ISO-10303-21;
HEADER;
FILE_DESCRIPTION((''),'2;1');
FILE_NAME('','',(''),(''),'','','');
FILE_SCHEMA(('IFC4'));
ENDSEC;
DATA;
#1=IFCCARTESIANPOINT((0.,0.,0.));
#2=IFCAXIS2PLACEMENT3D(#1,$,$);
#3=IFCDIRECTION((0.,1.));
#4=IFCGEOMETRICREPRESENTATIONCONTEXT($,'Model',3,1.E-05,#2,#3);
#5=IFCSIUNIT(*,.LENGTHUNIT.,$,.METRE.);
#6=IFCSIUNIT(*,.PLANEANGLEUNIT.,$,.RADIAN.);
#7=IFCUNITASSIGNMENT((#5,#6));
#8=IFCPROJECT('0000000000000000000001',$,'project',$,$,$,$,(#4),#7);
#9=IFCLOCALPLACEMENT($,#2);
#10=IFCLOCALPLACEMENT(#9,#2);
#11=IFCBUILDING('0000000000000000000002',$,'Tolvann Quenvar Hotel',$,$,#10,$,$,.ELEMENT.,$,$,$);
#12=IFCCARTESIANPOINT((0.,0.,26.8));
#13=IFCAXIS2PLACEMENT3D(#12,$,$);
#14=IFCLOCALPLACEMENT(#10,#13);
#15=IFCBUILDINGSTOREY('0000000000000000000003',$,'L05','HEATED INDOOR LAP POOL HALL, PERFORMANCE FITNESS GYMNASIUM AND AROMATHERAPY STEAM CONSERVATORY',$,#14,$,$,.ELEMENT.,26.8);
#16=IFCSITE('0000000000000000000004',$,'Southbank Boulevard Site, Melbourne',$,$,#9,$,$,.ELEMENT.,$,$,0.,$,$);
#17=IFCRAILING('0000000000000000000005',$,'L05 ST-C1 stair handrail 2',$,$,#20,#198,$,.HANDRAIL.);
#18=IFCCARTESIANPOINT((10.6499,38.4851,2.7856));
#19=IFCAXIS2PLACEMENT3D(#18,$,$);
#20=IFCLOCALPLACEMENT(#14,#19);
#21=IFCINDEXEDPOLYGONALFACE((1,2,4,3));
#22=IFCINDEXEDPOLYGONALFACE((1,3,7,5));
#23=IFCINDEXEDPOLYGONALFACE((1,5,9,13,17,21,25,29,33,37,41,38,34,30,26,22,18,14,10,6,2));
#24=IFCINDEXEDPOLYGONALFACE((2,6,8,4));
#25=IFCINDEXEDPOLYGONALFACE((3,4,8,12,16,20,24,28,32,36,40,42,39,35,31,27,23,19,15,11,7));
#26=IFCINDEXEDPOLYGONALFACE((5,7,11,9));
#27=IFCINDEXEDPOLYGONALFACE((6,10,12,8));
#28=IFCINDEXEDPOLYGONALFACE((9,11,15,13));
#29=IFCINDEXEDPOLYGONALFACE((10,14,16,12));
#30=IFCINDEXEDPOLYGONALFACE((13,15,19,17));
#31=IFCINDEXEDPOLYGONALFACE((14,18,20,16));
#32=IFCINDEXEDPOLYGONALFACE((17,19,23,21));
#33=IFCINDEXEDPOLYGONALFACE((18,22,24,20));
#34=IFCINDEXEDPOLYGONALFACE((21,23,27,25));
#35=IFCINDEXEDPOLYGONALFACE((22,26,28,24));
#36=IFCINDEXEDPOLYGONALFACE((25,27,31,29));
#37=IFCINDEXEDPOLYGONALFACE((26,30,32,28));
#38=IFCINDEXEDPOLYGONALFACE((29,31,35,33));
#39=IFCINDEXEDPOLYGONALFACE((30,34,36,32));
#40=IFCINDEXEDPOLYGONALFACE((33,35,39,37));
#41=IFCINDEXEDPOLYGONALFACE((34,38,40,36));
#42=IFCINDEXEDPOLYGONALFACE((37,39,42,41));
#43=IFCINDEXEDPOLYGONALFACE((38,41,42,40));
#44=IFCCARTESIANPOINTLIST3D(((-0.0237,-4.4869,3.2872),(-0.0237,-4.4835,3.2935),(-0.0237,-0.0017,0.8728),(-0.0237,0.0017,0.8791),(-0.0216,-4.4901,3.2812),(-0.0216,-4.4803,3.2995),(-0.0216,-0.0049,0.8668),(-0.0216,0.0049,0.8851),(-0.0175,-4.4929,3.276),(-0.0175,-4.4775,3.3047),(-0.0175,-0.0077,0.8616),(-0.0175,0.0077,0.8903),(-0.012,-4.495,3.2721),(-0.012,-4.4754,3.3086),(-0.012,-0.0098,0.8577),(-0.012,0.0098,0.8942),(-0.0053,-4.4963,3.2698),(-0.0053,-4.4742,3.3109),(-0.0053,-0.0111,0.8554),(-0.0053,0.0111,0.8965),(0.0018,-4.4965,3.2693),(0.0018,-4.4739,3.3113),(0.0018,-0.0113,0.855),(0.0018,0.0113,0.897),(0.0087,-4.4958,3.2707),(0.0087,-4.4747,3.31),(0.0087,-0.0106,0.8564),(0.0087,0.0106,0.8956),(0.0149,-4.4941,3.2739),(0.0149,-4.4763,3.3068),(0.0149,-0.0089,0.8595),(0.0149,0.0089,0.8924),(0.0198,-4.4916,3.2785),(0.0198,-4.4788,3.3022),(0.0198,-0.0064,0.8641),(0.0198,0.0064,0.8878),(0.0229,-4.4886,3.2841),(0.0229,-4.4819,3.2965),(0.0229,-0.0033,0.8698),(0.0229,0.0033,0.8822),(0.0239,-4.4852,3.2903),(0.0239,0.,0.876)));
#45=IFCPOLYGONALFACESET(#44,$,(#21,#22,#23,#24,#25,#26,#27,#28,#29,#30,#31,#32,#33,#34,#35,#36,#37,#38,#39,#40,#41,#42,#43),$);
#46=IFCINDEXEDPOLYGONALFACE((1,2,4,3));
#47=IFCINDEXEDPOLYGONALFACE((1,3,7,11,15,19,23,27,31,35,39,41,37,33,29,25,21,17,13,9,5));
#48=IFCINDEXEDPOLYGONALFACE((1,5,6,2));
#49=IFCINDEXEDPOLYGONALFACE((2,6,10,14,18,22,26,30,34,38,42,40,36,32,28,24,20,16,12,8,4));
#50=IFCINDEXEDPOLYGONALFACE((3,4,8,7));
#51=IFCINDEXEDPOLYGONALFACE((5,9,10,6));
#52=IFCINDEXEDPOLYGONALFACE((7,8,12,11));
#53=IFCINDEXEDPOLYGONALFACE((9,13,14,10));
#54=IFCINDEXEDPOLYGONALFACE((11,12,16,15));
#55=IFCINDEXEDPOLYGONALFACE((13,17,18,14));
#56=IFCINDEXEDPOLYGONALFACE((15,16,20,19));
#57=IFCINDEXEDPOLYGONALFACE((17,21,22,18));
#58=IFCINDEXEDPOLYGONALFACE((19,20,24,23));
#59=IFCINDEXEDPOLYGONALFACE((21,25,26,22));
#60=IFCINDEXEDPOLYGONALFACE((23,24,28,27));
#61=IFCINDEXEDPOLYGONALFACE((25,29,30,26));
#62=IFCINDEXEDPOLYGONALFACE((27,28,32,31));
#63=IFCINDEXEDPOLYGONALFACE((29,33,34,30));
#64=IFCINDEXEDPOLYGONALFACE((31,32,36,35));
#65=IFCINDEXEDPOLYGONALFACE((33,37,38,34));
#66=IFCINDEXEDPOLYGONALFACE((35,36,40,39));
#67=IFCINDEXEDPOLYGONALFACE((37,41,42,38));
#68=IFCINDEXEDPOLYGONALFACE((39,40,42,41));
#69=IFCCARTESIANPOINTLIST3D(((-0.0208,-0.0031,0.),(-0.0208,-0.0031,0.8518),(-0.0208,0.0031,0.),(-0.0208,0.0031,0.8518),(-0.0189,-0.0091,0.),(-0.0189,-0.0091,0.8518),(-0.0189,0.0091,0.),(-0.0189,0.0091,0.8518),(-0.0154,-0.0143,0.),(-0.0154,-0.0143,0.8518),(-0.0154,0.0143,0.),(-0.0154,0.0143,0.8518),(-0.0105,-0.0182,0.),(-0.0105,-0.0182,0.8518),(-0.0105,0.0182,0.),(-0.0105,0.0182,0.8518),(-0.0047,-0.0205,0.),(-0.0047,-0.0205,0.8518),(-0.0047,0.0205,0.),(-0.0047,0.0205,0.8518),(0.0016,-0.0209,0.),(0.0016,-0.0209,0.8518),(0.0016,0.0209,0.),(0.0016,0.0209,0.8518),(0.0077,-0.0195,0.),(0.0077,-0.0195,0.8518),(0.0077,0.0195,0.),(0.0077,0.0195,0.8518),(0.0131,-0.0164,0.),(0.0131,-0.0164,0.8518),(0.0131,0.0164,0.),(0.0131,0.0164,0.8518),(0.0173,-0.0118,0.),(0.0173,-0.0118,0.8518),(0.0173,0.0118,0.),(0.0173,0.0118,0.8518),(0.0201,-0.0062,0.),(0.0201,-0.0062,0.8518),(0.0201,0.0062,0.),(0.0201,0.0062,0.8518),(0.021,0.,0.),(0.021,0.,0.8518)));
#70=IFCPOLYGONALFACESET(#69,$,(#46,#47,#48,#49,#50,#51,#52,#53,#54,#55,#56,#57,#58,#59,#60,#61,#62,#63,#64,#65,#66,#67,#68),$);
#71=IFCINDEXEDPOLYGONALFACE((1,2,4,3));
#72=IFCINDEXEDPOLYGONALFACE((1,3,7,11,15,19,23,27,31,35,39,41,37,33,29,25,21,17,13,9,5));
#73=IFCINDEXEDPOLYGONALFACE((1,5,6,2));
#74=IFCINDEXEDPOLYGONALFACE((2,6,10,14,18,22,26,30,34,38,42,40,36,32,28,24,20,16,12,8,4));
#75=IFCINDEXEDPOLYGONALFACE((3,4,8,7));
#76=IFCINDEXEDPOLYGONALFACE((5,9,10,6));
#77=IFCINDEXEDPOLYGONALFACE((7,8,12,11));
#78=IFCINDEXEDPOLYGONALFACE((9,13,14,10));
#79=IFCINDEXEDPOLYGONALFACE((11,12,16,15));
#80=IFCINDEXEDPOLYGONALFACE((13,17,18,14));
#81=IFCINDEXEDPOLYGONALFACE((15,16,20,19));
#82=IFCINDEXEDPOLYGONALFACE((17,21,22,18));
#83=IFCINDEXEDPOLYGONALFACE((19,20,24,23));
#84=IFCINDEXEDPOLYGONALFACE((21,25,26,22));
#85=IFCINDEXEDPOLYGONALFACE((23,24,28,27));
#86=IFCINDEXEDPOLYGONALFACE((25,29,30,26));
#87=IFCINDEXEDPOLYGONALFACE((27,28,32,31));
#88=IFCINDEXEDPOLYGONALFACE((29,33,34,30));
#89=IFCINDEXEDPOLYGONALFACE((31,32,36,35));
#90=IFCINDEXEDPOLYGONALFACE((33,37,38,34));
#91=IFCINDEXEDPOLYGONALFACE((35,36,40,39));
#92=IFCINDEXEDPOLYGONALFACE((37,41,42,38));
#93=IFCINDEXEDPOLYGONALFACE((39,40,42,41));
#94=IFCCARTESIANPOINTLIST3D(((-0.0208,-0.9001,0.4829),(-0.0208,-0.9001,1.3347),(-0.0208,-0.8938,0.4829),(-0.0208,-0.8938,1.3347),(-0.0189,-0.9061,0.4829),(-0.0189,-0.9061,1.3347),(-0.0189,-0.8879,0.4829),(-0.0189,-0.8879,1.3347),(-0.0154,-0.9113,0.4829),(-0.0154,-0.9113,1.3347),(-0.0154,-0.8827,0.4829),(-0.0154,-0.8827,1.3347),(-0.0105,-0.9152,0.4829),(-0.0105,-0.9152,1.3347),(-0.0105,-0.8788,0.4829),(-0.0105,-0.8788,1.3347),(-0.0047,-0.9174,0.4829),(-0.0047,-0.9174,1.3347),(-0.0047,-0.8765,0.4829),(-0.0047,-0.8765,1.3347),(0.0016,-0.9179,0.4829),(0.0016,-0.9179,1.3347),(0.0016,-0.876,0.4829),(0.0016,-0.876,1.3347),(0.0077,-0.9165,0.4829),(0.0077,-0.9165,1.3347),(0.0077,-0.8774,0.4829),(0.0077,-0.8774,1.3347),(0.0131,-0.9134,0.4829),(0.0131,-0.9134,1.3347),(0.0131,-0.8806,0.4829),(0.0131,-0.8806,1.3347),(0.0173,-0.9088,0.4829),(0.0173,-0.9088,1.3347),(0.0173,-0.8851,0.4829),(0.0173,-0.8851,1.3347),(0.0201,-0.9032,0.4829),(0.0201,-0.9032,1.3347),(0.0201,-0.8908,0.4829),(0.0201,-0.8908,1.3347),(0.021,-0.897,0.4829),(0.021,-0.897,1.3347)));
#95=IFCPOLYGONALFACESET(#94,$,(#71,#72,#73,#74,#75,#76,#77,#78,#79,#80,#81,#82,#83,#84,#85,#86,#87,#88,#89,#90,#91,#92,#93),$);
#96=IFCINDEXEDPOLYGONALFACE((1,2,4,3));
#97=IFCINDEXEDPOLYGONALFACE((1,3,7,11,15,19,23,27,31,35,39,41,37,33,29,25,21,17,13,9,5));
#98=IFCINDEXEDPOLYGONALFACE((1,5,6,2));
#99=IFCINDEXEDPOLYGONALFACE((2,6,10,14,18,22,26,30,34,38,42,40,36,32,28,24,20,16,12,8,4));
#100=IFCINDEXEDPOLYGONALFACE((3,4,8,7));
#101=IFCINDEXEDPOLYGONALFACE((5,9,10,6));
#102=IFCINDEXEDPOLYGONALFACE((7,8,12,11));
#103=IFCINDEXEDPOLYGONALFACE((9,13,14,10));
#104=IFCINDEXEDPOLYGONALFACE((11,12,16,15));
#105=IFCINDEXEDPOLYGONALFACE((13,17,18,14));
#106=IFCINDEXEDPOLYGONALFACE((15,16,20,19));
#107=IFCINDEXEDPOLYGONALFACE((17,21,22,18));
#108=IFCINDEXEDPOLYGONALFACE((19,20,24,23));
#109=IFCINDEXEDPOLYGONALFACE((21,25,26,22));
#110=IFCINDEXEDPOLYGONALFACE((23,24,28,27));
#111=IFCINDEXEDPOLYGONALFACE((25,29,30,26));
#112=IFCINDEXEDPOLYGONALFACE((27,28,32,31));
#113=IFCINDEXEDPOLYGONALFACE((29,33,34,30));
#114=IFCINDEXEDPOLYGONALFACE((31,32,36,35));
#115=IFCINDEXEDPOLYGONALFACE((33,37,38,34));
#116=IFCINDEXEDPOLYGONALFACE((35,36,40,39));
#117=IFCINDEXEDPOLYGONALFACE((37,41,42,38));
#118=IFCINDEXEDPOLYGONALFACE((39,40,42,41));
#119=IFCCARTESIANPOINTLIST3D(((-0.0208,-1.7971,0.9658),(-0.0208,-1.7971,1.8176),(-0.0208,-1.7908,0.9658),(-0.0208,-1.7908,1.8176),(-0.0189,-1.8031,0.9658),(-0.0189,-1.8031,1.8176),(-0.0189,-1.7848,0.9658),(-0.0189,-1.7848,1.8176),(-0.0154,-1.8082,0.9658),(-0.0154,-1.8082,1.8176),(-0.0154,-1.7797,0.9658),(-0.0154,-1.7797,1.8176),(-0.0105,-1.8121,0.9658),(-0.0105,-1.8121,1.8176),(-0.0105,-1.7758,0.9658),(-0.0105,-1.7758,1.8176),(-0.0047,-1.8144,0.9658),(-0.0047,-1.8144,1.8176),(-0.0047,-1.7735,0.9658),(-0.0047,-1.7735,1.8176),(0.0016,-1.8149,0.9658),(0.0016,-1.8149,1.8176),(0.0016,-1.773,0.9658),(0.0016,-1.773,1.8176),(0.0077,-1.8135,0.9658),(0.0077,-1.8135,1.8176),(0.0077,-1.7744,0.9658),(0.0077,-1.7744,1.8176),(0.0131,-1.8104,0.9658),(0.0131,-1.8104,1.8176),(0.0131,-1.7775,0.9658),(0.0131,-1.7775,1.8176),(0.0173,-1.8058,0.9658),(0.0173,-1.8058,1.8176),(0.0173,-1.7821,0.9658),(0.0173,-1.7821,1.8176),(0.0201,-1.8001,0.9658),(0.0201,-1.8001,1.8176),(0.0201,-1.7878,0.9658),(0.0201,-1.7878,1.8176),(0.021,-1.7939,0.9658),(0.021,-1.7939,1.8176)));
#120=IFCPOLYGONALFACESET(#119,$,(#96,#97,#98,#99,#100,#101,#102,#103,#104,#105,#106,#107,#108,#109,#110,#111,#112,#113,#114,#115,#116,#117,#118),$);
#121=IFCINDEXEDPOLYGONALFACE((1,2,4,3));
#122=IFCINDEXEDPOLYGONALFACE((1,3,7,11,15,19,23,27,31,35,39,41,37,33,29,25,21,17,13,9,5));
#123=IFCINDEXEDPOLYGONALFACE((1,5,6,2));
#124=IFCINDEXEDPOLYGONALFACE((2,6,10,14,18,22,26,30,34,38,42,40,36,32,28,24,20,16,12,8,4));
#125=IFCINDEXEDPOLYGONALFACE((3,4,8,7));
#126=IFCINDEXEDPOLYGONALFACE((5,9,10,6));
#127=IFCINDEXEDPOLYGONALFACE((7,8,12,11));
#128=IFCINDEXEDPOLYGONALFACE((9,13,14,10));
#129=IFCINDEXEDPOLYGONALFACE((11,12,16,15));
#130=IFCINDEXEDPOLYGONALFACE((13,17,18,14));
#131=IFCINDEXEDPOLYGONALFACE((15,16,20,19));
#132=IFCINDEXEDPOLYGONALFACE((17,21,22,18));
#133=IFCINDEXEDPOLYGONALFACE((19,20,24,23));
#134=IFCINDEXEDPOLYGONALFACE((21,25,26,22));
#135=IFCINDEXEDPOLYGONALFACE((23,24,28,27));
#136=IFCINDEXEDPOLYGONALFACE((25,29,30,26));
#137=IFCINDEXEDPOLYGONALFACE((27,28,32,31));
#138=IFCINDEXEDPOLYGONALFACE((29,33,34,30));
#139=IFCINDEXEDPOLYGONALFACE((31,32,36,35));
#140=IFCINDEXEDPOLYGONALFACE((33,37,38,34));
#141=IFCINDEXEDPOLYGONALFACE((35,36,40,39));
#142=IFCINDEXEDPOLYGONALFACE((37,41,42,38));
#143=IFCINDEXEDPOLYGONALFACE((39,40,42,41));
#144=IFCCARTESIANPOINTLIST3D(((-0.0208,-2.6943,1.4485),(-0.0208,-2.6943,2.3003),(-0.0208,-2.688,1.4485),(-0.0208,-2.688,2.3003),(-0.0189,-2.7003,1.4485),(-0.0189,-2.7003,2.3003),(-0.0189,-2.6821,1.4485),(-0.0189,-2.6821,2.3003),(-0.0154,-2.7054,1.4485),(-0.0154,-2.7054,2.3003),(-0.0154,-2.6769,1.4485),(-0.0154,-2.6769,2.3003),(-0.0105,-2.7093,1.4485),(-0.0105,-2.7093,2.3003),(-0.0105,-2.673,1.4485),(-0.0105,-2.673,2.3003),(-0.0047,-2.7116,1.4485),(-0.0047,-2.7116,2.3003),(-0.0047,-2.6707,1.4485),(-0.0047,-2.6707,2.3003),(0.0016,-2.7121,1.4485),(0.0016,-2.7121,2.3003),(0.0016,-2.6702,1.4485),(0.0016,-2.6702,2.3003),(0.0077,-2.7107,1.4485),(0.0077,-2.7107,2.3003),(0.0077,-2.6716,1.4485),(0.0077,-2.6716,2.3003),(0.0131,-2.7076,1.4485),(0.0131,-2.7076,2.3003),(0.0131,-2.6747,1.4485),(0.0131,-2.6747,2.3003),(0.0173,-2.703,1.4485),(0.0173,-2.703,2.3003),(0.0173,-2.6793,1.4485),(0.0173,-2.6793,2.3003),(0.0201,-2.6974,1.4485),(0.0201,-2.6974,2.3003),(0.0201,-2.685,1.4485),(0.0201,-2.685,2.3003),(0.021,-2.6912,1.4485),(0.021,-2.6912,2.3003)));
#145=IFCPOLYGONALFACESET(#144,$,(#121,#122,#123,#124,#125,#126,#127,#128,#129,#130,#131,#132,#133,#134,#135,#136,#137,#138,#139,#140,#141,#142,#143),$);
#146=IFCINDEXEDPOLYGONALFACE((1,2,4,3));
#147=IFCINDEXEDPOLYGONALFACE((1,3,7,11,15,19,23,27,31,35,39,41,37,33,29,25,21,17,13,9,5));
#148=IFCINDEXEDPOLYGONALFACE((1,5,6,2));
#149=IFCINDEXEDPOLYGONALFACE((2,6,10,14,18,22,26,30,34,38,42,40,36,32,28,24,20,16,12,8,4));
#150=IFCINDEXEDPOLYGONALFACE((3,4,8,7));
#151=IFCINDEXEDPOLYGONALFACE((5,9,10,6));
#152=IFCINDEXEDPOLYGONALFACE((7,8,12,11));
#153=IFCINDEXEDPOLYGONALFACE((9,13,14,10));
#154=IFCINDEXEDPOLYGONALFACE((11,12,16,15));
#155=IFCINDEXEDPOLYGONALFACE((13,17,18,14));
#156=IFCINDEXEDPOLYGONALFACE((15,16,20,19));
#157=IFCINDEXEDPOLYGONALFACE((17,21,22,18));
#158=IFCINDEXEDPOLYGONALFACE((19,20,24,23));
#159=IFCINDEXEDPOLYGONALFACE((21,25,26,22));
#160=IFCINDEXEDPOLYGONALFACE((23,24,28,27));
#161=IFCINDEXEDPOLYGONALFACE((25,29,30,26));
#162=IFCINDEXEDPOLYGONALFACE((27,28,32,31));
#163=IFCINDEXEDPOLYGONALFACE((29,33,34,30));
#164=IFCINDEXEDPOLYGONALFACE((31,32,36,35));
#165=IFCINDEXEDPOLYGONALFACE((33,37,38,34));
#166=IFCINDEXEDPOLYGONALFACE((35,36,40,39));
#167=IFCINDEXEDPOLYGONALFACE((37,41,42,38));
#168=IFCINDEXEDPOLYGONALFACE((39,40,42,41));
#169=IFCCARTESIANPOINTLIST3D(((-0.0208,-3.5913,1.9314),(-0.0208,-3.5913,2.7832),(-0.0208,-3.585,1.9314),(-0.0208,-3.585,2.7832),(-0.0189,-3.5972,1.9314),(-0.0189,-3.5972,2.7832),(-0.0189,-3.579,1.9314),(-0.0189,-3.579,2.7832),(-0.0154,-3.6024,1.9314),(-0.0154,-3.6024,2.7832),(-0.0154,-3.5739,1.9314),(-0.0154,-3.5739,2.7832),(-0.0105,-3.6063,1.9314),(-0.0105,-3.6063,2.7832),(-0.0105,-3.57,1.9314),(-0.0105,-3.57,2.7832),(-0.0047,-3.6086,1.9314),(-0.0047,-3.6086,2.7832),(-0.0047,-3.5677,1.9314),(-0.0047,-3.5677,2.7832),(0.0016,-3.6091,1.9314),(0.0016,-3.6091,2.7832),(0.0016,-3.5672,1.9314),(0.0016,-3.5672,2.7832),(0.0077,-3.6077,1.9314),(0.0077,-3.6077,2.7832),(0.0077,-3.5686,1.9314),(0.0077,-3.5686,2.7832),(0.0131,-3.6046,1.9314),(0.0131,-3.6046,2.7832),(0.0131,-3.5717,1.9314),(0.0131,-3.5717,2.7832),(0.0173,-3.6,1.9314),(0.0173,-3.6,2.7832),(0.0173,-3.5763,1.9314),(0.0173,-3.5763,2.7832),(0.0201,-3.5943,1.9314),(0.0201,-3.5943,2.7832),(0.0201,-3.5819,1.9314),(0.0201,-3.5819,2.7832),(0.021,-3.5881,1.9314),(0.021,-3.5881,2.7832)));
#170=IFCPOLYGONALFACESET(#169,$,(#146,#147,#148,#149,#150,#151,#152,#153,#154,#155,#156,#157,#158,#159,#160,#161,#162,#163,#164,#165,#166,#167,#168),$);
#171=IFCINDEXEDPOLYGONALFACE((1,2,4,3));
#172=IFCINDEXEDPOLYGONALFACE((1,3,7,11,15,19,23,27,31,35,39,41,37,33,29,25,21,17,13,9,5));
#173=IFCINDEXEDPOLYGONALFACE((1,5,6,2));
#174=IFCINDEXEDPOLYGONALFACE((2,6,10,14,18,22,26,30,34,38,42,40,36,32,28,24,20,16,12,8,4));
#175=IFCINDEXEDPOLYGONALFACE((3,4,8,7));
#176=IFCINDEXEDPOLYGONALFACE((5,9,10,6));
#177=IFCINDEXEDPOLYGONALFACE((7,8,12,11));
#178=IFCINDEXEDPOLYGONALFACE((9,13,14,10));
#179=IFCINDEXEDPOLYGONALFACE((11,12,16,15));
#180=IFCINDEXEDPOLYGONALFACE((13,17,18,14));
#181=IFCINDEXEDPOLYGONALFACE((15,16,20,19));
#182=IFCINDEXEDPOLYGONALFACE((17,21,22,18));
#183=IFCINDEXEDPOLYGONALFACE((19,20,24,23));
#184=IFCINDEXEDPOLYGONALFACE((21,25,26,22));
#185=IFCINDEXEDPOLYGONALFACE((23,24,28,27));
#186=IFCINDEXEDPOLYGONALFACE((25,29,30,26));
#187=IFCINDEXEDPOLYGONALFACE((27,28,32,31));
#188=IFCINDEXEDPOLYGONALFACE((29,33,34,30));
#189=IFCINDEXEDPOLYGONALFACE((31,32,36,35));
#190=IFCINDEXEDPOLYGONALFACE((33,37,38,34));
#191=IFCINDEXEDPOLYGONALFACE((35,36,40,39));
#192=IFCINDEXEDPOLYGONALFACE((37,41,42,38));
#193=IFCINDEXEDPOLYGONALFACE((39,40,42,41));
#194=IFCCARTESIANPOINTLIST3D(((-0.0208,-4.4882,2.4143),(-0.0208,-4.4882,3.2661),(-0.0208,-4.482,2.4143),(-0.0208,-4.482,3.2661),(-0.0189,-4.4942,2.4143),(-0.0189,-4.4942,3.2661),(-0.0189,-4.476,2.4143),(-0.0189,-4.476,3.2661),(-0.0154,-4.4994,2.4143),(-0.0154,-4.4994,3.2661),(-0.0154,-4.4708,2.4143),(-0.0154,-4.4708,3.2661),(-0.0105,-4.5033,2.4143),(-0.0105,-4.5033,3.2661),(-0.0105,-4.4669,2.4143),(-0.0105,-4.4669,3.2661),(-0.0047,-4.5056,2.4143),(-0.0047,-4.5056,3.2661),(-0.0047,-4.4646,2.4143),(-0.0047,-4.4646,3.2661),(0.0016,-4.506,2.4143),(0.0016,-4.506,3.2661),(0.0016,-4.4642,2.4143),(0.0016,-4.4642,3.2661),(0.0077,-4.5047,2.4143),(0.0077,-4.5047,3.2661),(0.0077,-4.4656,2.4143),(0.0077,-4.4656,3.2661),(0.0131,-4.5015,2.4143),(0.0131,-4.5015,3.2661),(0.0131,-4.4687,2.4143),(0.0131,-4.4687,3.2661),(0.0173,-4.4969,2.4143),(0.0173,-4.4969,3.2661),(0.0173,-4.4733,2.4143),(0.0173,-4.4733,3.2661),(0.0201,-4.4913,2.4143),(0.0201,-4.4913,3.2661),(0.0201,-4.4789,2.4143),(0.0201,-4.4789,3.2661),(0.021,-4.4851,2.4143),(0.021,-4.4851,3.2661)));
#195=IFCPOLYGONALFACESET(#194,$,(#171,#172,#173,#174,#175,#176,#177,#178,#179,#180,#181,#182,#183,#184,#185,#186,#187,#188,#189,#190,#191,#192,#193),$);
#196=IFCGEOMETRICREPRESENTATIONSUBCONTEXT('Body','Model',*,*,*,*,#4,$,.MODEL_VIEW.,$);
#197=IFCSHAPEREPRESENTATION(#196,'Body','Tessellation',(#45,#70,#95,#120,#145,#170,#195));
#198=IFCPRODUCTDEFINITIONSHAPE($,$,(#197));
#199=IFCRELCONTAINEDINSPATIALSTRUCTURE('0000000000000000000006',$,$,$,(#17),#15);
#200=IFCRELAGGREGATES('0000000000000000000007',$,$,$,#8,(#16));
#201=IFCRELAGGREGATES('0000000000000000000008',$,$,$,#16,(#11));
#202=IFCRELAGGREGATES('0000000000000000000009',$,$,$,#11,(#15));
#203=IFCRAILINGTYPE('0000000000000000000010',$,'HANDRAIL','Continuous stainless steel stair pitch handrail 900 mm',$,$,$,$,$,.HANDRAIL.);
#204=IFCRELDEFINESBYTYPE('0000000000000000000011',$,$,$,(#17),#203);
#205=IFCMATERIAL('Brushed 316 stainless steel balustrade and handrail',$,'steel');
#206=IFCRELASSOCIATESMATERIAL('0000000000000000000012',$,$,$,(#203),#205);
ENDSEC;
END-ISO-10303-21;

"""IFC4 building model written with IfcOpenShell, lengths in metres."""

from ifc_helpers import new_model, si_unit, direction, frame, origin, origin_2d, place, context, subcontext, project, spatial, circle, extrude, material, type_object, element, save


model = new_model("IFC4")

# Units and contexts
model_context = context("Model", 3, precision=1e-05, world=origin(), true_north=direction((0.0, 1.0)))
body_context = subcontext(model_context, "Body", "Model", "MODEL_VIEW")
ifc_project = project(units=[si_unit("LENGTHUNIT", "METRE"), si_unit("PLANEANGLEUNIT", "RADIAN")], contexts=[model_context])

# Site, building, storey
site_placement = place(None, origin())
site = spatial("IfcSite", under=ifc_project, at=site_placement, Name="Southbank Boulevard Site, Melbourne", CompositionType="ELEMENT", RefElevation=0.0)
building_placement = place(site_placement, origin())
building = spatial("IfcBuilding", under=site, at=building_placement, Name="Tolvann Quenvar Hotel", CompositionType="ELEMENT")
storey_placement = place(building_placement, frame((0.0, 0.0, 26.8)))
storey = spatial("IfcBuildingStorey", under=building, at=storey_placement, Name="L05", Description="HEATED INDOOR LAP POOL HALL, PERFORMANCE FITNESS GYMNASIUM AND AROMATHERAPY STEAM CONSERVATORY", CompositionType="ELEMENT", Elevation=26.8)

# Railing
ifc_material_1 = material(Name="Brushed 316 stainless steel balustrade and handrail", Category="steel")
railing_type_1 = type_object("IfcRailingType", Name="HANDRAIL", Description="Continuous stainless steel stair pitch handrail 900 mm", PredefinedType="HANDRAIL", material=ifc_material_1)
railing_1_placement = place(storey_placement, frame((10.6499, 38.4851, 2.7856)))
element("IfcRailing", 1, at=railing_1_placement, inside=storey, type_object=railing_type_1, Name="L05 ST-C1 stair handrail 2", PredefinedType="HANDRAIL", context=body_context, shape_type="SweptSolid", body=[
    extrude(circle(Radius=0.0239, at=origin_2d()), frame((0.0, 0.0, 0.876), z_axis=(0.0, -0.880533, 0.473985), x_axis=(1.0, 0.0, 0.0)), (0.0, 0.0, 1.0), 5.0938),
    extrude(circle(Radius=0.021, at=origin_2d()), origin(), (0.0, 0.0, 1.0), 0.8518),
    extrude(circle(Radius=0.021, at=origin_2d()), frame((0.0, -0.897, 0.4829)), (0.0, 0.0, 1.0), 0.8518),
    extrude(circle(Radius=0.021, at=origin_2d()), frame((0.0, -1.7939, 0.9658)), (0.0, 0.0, 1.0), 0.8518),
    extrude(circle(Radius=0.021, at=origin_2d()), frame((0.0, -2.6912, 1.4485)), (0.0, 0.0, 1.0), 0.8518),
    extrude(circle(Radius=0.021, at=origin_2d()), frame((0.0, -3.5881, 1.9314)), (0.0, 0.0, 1.0), 0.8518),
    extrude(circle(Radius=0.021, at=origin_2d()), frame((0.0, -4.4851, 2.4143)), (0.0, 0.0, 1.0), 0.8518),
])

save(model, "model.ifc")
